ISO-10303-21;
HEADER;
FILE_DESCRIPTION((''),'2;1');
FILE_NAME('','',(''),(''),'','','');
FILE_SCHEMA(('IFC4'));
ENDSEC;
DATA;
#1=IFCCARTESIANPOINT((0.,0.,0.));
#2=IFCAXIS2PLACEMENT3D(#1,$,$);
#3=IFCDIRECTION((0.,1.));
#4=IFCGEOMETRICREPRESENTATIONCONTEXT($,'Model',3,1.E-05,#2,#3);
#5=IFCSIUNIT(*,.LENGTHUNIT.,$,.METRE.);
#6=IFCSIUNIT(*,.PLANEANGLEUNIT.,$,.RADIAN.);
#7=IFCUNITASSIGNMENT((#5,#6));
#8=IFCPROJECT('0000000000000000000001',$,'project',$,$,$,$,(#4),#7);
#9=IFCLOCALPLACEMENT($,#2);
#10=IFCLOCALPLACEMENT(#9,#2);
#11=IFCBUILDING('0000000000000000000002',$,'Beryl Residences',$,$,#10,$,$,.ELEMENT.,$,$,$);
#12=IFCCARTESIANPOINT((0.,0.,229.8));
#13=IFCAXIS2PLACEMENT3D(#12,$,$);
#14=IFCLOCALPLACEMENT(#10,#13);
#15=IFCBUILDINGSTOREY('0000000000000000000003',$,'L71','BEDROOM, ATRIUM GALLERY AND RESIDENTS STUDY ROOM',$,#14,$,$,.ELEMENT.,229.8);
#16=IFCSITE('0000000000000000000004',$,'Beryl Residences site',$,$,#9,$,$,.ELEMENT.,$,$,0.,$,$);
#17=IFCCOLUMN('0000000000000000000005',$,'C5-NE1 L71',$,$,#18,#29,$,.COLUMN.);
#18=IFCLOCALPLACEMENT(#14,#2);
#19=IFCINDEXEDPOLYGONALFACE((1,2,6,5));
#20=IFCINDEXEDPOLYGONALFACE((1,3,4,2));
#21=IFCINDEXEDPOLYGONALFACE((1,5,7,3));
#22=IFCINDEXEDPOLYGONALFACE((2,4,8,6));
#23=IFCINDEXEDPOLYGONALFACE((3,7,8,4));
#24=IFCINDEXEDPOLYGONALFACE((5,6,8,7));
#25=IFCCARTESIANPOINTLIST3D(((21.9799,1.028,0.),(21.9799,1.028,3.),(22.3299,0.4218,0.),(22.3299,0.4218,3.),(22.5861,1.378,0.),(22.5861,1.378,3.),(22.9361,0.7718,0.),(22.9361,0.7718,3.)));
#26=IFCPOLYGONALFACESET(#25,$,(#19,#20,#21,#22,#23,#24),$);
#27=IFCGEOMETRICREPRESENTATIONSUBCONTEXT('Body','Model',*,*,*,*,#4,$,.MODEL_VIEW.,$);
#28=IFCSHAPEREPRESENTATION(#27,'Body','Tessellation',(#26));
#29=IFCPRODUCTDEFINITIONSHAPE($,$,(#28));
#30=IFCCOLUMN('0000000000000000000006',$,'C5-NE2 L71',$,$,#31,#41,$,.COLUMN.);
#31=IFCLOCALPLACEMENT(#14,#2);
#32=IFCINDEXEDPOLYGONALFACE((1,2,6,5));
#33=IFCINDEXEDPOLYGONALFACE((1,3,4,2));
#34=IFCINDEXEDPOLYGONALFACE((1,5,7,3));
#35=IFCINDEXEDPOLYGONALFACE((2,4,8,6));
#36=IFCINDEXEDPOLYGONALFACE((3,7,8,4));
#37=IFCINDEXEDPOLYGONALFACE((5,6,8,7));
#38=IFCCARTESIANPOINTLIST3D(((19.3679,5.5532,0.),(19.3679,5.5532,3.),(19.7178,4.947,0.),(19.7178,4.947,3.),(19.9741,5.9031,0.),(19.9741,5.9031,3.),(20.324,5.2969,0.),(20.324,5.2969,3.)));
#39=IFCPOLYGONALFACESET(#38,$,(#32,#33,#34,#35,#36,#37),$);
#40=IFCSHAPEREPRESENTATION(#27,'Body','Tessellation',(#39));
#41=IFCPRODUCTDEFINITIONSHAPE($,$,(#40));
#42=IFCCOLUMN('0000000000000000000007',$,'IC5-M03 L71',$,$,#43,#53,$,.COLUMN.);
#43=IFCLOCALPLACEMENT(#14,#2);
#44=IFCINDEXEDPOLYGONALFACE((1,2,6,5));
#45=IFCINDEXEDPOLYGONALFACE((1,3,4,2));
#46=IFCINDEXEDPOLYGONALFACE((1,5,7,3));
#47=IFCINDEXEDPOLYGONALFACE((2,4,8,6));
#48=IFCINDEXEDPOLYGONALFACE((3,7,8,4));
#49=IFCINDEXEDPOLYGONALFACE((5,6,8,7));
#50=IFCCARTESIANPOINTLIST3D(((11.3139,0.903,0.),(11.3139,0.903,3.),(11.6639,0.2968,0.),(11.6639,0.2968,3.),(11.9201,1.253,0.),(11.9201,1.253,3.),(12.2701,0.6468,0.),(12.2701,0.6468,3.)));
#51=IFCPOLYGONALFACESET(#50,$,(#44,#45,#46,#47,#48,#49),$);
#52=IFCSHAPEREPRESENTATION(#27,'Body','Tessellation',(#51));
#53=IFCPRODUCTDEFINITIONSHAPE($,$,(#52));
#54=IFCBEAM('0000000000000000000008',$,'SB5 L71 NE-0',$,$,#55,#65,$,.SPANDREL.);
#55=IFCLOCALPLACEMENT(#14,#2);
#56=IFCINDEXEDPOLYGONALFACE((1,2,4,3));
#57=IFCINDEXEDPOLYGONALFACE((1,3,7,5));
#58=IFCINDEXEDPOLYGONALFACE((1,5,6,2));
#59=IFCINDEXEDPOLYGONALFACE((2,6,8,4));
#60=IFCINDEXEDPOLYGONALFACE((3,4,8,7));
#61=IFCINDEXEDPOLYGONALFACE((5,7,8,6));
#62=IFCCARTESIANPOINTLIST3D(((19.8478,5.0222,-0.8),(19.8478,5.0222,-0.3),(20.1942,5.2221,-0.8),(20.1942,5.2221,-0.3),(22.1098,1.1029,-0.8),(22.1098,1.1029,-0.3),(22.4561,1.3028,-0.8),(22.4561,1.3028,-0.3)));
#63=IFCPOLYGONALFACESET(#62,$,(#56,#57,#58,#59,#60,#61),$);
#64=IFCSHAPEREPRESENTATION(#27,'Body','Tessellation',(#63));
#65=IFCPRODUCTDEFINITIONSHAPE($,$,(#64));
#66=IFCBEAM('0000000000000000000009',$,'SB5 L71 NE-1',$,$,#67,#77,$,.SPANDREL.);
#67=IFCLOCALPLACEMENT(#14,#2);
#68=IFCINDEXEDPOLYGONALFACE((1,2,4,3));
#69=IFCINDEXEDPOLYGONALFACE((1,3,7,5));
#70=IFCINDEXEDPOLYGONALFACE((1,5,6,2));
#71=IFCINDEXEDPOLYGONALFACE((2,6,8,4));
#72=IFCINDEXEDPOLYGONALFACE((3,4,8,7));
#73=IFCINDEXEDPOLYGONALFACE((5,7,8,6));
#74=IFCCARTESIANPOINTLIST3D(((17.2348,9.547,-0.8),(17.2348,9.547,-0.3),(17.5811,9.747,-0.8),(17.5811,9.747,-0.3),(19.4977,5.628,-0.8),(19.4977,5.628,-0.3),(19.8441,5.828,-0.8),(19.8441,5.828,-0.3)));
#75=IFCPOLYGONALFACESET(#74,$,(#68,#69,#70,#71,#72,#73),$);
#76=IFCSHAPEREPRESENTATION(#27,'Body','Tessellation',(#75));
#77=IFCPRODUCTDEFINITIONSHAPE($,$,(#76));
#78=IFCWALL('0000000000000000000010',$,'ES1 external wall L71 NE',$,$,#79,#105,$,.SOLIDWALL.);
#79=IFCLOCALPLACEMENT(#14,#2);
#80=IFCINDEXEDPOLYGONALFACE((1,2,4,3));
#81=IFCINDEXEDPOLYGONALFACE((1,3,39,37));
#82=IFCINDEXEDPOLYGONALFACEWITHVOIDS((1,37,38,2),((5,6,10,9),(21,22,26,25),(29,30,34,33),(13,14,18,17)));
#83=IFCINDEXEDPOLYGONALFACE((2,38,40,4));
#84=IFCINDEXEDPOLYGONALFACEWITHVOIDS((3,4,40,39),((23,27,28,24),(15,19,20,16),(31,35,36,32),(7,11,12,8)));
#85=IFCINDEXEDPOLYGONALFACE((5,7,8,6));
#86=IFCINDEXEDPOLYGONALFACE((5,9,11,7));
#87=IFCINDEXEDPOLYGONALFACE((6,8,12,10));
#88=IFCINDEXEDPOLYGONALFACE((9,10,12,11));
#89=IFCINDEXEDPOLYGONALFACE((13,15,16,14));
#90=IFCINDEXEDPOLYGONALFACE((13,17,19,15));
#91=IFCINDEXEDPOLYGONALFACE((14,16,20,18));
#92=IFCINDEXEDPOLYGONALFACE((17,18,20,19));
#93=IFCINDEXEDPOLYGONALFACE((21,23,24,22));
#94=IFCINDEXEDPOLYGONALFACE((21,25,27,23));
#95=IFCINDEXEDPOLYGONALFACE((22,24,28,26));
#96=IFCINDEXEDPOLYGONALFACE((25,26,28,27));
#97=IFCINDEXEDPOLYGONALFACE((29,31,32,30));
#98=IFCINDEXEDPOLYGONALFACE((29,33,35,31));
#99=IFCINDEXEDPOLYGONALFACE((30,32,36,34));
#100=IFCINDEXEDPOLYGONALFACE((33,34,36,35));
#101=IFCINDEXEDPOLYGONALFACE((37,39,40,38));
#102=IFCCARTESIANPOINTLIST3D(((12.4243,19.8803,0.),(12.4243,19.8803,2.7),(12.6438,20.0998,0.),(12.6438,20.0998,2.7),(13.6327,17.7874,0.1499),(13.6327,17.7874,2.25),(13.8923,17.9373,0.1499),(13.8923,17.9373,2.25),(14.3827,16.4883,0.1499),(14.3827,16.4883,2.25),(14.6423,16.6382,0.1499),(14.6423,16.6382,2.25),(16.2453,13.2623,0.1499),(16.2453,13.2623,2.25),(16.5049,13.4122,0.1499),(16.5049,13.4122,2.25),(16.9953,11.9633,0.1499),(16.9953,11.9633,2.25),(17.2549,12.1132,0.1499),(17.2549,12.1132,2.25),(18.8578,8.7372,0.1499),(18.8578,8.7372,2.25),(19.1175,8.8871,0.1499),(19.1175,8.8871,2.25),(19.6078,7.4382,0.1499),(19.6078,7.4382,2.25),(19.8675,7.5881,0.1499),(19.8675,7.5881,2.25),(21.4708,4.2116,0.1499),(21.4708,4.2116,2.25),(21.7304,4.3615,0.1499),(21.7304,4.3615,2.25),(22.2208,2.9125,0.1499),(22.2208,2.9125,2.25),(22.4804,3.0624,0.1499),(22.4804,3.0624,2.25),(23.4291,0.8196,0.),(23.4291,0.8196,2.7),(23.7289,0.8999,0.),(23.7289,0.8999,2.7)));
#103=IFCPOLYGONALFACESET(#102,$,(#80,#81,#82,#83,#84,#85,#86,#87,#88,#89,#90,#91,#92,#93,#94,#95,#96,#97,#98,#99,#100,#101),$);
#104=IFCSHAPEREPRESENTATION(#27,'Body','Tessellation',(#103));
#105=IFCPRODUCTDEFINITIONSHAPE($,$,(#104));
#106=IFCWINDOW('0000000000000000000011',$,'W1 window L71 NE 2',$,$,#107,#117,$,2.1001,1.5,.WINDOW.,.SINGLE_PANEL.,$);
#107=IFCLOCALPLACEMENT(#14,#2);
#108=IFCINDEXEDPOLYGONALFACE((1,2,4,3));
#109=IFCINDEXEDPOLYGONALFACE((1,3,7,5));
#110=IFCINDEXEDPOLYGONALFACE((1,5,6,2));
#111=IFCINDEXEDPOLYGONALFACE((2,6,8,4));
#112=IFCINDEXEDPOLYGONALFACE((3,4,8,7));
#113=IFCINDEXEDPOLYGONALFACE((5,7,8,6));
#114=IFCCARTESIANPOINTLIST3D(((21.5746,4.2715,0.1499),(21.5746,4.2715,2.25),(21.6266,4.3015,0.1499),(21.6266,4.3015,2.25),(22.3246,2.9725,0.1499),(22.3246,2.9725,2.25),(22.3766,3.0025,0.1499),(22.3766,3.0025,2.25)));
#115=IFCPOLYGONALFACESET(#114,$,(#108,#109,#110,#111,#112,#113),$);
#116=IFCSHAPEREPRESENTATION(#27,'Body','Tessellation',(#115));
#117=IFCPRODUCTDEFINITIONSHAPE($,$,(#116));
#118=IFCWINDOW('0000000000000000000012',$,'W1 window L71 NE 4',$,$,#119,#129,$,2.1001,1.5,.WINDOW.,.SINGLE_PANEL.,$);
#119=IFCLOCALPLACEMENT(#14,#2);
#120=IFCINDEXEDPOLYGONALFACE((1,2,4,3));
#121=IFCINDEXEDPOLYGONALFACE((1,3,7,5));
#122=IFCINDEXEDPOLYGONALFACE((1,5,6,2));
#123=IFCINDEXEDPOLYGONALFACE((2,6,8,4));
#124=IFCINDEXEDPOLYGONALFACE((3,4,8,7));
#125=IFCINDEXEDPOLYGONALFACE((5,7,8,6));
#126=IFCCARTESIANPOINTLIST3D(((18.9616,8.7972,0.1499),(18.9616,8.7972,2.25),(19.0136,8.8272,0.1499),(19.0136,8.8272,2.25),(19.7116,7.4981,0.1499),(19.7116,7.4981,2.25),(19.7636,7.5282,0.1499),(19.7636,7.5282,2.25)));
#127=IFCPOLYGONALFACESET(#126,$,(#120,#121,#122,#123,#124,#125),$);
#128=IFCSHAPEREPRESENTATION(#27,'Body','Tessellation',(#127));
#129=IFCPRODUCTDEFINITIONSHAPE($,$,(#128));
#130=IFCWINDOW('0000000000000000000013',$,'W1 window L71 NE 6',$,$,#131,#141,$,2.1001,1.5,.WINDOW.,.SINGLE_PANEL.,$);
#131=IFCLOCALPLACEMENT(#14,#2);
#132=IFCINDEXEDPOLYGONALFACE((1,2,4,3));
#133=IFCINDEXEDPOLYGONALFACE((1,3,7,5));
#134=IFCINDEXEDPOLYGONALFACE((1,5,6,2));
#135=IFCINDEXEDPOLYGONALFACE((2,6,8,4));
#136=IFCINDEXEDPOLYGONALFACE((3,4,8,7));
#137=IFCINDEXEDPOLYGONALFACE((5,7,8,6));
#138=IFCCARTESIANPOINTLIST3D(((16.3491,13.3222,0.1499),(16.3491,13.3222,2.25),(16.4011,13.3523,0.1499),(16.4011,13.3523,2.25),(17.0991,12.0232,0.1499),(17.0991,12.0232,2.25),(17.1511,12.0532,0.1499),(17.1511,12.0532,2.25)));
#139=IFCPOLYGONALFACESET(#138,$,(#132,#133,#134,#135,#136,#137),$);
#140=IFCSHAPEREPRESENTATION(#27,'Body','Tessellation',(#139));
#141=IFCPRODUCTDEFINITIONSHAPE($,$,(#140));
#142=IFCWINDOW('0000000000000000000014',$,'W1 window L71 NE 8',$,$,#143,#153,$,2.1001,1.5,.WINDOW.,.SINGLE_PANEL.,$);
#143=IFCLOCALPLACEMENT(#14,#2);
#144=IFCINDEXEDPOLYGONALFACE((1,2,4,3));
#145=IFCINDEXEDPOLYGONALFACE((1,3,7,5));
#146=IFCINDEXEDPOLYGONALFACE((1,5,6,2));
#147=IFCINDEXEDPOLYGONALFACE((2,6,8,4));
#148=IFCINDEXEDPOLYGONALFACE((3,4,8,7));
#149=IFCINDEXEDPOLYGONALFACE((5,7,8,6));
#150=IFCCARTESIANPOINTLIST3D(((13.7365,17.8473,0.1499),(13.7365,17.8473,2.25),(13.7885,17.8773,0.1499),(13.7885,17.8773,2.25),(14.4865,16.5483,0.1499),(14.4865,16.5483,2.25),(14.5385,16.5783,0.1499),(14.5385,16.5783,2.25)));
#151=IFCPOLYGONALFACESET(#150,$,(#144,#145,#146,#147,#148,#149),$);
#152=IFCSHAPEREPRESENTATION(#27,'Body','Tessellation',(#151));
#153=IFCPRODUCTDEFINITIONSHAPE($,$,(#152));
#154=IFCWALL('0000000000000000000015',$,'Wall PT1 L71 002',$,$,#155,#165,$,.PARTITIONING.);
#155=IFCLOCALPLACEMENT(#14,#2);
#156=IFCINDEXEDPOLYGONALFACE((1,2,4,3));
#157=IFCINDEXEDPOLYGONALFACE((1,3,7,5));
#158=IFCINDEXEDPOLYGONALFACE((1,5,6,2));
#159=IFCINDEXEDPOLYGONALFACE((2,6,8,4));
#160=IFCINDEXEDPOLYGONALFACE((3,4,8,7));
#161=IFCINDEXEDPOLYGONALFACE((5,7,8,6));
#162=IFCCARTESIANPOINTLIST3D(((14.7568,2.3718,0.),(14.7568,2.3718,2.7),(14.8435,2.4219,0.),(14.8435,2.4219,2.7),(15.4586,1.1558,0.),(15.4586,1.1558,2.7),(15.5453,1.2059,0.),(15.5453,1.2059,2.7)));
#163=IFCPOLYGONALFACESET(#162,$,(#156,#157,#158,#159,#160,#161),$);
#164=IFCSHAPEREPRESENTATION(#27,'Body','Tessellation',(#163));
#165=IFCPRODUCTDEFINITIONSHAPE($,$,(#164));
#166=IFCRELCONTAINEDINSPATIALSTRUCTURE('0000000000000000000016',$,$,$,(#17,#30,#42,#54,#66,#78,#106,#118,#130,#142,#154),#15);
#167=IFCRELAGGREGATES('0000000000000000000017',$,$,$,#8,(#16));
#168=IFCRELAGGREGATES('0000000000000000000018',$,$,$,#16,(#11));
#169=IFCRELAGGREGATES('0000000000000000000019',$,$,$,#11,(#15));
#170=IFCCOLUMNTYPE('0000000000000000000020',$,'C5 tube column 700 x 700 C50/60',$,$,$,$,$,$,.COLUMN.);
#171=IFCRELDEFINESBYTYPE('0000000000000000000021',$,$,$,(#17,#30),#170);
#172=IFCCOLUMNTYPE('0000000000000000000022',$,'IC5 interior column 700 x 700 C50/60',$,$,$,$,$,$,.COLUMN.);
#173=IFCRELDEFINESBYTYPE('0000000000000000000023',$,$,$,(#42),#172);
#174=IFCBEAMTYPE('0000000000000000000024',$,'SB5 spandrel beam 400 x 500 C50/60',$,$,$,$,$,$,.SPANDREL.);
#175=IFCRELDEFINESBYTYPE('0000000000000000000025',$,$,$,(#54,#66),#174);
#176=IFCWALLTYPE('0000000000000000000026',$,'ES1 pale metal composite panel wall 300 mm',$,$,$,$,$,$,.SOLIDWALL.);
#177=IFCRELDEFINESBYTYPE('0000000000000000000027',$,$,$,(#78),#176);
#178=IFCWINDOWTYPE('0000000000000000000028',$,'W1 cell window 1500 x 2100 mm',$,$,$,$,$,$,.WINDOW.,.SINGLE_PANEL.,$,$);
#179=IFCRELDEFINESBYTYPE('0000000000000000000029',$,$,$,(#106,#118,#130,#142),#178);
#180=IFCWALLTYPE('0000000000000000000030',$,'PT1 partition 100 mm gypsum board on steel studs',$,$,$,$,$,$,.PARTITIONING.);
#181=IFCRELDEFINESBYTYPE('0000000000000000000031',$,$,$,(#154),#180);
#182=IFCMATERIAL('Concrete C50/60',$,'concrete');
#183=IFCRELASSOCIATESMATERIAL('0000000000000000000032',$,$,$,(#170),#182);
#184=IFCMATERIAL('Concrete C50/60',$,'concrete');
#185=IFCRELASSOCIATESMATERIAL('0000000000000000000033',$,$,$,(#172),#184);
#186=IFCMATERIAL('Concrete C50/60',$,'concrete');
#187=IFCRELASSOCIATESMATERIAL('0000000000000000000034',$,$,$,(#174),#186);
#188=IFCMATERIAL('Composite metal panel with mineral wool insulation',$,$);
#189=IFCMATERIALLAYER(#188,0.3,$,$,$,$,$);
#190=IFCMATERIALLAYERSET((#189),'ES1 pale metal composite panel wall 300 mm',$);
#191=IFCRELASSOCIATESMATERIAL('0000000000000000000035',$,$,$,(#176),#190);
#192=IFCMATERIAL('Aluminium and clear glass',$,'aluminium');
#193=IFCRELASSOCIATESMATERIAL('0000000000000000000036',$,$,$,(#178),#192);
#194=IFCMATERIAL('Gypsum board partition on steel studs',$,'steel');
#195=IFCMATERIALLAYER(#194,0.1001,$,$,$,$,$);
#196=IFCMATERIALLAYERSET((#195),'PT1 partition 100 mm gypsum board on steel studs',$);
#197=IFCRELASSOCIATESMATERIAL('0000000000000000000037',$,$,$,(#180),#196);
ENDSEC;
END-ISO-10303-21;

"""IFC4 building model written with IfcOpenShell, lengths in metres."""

from ifc_helpers import new_model, si_unit, direction, frame, frame_2d, origin, origin_2d, place, context, subcontext, project, spatial, polyline, rectangle, outline, extrude, material, layer, layer_set, material_profile, profile_set, type_object, element, fill, save


model = new_model("IFC4")

# Units and contexts
model_context = context("Model", 3, precision=1e-05, world=origin(), true_north=direction((0.0, 1.0)))
body_context = subcontext(model_context, "Body", "Model", "MODEL_VIEW")
ifc_project = project(units=[si_unit("LENGTHUNIT", "METRE"), si_unit("PLANEANGLEUNIT", "RADIAN")], contexts=[model_context])

# Site, building, storey
site_placement = place(None, origin())
site = spatial("IfcSite", under=ifc_project, at=site_placement, Name="Beryl Residences site", CompositionType="ELEMENT", RefElevation=0.0)
building_placement = place(site_placement, origin())
building = spatial("IfcBuilding", under=site, at=building_placement, Name="Beryl Residences", CompositionType="ELEMENT")
storey_placement = place(building_placement, frame((0.0, 0.0, 229.8)))
storey = spatial("IfcBuildingStorey", under=building, at=storey_placement, Name="L71", Description="BEDROOM, ATRIUM GALLERY AND RESIDENTS STUDY ROOM", CompositionType="ELEMENT", Elevation=229.8)

# Columns
ifc_material_1 = material(Name="Concrete C50/60", Category="concrete")
ifc_material_profile_1 = material_profile(ifc_material_1, rectangle(XDim=0.7, YDim=0.7, at=origin_2d()))
ifc_profile_set_1 = profile_set([ifc_material_profile_1], Name="Concrete C50/60")
column_type_1 = type_object("IfcColumnType", Name="C5 tube column 700 x 700 C50/60", PredefinedType="COLUMN", material=ifc_profile_set_1)
for number, where, z_axis, x_axis, name in (
    (1, (22.458, 0.8999, 0.0), (0.0, 0.0, 1.0), (-0.49997, 0.866043, 0.0), "C5-NE1 L71"),
    (2, (19.8459, 5.425, 0.0), (0.0, 0.0, 1.0), (-0.49997, 0.866043, 0.0), "C5-NE2 L71"),
):
    element("IfcColumn", number, at=place(storey_placement, frame(where, z_axis=z_axis, x_axis=x_axis)), inside=storey, type_object=column_type_1, Name=name, PredefinedType="COLUMN", context=body_context, shape_type="SweptSolid", body=[
        extrude(rectangle(XDim=0.7, YDim=0.7, at=origin_2d()), origin(), (0.0, 0.0, 1.0), 3.0),
    ])
ifc_material_2 = material(Name="Concrete C50/60", Category="concrete")
ifc_material_profile_2 = material_profile(ifc_material_2, rectangle(XDim=0.7, YDim=0.7, at=origin_2d()))
ifc_profile_set_2 = profile_set([ifc_material_profile_2], Name="Concrete C50/60")
column_type_2 = type_object("IfcColumnType", Name="IC5 interior column 700 x 700 C50/60", PredefinedType="COLUMN", material=ifc_profile_set_2)
column_placement = place(storey_placement, frame((11.792, 0.7749, 0.0), z_axis=(0.0, 0.0, 1.0), x_axis=(-0.49997, 0.866043, 0.0)))
element("IfcColumn", 3, at=column_placement, inside=storey, type_object=column_type_2, Name="IC5-M03 L71", PredefinedType="COLUMN", context=body_context, shape_type="SweptSolid", body=[
    extrude(rectangle(XDim=0.7, YDim=0.7, at=origin_2d()), origin(), (0.0, 0.0, 1.0), 3.0),
])

# Beams
ifc_material_3 = material(Name="Concrete C50/60", Category="concrete")
ifc_material_profile_3 = material_profile(ifc_material_3, rectangle(XDim=0.3999, YDim=0.5, at=origin_2d()))
ifc_profile_set_3 = profile_set([ifc_material_profile_3], Name="Concrete C50/60")
beam_type = type_object("IfcBeamType", Name="SB5 spandrel beam 400 x 500 C50/60", PredefinedType="SPANDREL", material=ifc_profile_set_3)
beam_1_placement = place(storey_placement, frame((22.283, 1.2029, -0.55), z_axis=(-0.49987, 0.8661, 0.0), x_axis=(-0.8661, -0.49987, 0.0)))
element("IfcBeam", 4, at=beam_1_placement, inside=storey, type_object=beam_type, Name="SB5 L71 NE-0", PredefinedType="SPANDREL", context=body_context, shape_type="SweptSolid", body=[
    extrude(rectangle(XDim=0.3999, YDim=0.5, at=origin_2d()), origin(), (0.0, 0.0, 1.0), 4.5251),
])
beam_2_placement = place(storey_placement, frame((19.6709, 5.728, -0.55), z_axis=(-0.500056, 0.865993, 0.0), x_axis=(-0.865993, -0.500056, 0.0)))
element("IfcBeam", 5, at=beam_2_placement, inside=storey, type_object=beam_type, Name="SB5 L71 NE-1", PredefinedType="SPANDREL", context=body_context, shape_type="SweptSolid", body=[
    extrude(rectangle(XDim=0.3999, YDim=0.5, at=origin_2d()), origin(), (0.0, 0.0, 1.0), 4.5254),
])

# Wall, openings, windows
ifc_material_4 = material(Name="Composite metal panel with mineral wool insulation")
ifc_layer_1 = layer(ifc_material_4, 0.3)
ifc_layer_set_1 = layer_set([ifc_layer_1], Name="ES1 pale metal composite panel wall 300 mm")
wall_type_1 = type_object("IfcWallType", Name="ES1 pale metal composite panel wall 300 mm", PredefinedType="SOLIDWALL", material=ifc_layer_set_1)
wall_1_placement = place(storey_placement, frame((23.5991, 0.825, 0.0), z_axis=(0.0, 0.0, 1.0), x_axis=(-0.500004, 0.866023, 0.0)))
wall_1 = element("IfcWall", 6, at=wall_1_placement, inside=storey, type_object=wall_type_1, Name="ES1 external wall L71 NE", PredefinedType="SOLIDWALL", context=body_context, shape_type="SweptSolid", body=[
    extrude(outline(polyline([(0.0, -0.1499), (22.1702, -0.1499), (22.0898, 0.1499), (0.0803, 0.1499), (0.0, -0.1499)])), origin(), (0.0, 0.0, 1.0), 2.7),
])
opening_1_placement = place(wall_1_placement, frame((2.4971, 0.0, 0.1499)))
opening_1 = element("IfcOpeningElement", 7, at=opening_1_placement, cuts=wall_1, PredefinedType="OPENING", context=body_context, shape_type="SweptSolid", body=[
    extrude(rectangle(XDim=1.5, YDim=2.1001, at=frame_2d((0.75, 1.05))), frame((0.0, 0.1599, 0.0), z_axis=(0.0, -1.0, 0.0), x_axis=(1.0, 0.0, 0.0)), (0.0, 0.0, 1.0), 0.3201),
])
opening_2_placement = place(wall_1_placement, frame((7.7229, 0.0, 0.1499)))
opening_2 = element("IfcOpeningElement", 8, at=opening_2_placement, cuts=wall_1, PredefinedType="OPENING", context=body_context, shape_type="SweptSolid", body=[
    extrude(rectangle(XDim=1.5, YDim=2.1001, at=frame_2d((0.75, 1.05))), frame((0.0, 0.1599, 0.0), z_axis=(0.0, -1.0, 0.0), x_axis=(1.0, 0.0, 0.0)), (0.0, 0.0, 1.0), 0.3201),
])
opening_3_placement = place(wall_1_placement, frame((12.948, 0.0, 0.1499)))
opening_3 = element("IfcOpeningElement", 9, at=opening_3_placement, cuts=wall_1, PredefinedType="OPENING", context=body_context, shape_type="SweptSolid", body=[
    extrude(rectangle(XDim=1.5, YDim=2.1001, at=frame_2d((0.75, 1.05))), frame((0.0, 0.1599, 0.0), z_axis=(0.0, -1.0, 0.0), x_axis=(1.0, 0.0, 0.0)), (0.0, 0.0, 1.0), 0.3201),
])
opening_4_placement = place(wall_1_placement, frame((18.1731, 0.0, 0.1499)))
opening_4 = element("IfcOpeningElement", 10, at=opening_4_placement, cuts=wall_1, PredefinedType="OPENING", context=body_context, shape_type="SweptSolid", body=[
    extrude(rectangle(XDim=1.5, YDim=2.1001, at=frame_2d((0.75, 1.05))), frame((0.0, 0.1599, 0.0), z_axis=(0.0, -1.0, 0.0), x_axis=(1.0, 0.0, 0.0)), (0.0, 0.0, 1.0), 0.3201),
])
ifc_material_5 = material(Name="Aluminium and clear glass", Category="aluminium")
window_type = type_object("IfcWindowType", Name="W1 cell window 1500 x 2100 mm", PartitioningType="SINGLE_PANEL", PredefinedType="WINDOW", material=ifc_material_5)
window_1_placement = place(opening_1_placement, origin())
window_1 = element("IfcWindow", 11, at=window_1_placement, inside=storey, type_object=window_type, Name="W1 window L71 NE 2", OverallHeight=2.1001, OverallWidth=1.5, PartitioningType="SINGLE_PANEL", PredefinedType="WINDOW", context=body_context, shape_type="SweptSolid", body=[
    extrude(rectangle(XDim=1.5, YDim=2.1001, at=frame_2d((0.75, 1.05))), frame((0.0, 0.03, 0.0), z_axis=(0.0, -1.0, 0.0), x_axis=(1.0, 0.0, 0.0)), (0.0, 0.0, 1.0), 0.0601),
])
fill(opening_1, window_1)
window_2_placement = place(opening_2_placement, origin())
window_2 = element("IfcWindow", 12, at=window_2_placement, inside=storey, type_object=window_type, Name="W1 window L71 NE 4", OverallHeight=2.1001, OverallWidth=1.5, PartitioningType="SINGLE_PANEL", PredefinedType="WINDOW", context=body_context, shape_type="SweptSolid", body=[
    extrude(rectangle(XDim=1.5, YDim=2.1001, at=frame_2d((0.75, 1.05))), frame((0.0, 0.03, 0.0), z_axis=(0.0, -1.0, 0.0), x_axis=(1.0, 0.0, 0.0)), (0.0, 0.0, 1.0), 0.0601),
])
fill(opening_2, window_2)
window_3_placement = place(opening_3_placement, origin())
window_3 = element("IfcWindow", 13, at=window_3_placement, inside=storey, type_object=window_type, Name="W1 window L71 NE 6", OverallHeight=2.1001, OverallWidth=1.5, PartitioningType="SINGLE_PANEL", PredefinedType="WINDOW", context=body_context, shape_type="SweptSolid", body=[
    extrude(rectangle(XDim=1.5, YDim=2.1001, at=frame_2d((0.75, 1.05))), frame((0.0, 0.03, 0.0), z_axis=(0.0, -1.0, 0.0), x_axis=(1.0, 0.0, 0.0)), (0.0, 0.0, 1.0), 0.0601),
])
fill(opening_3, window_3)
window_4_placement = place(opening_4_placement, origin())
window_4 = element("IfcWindow", 14, at=window_4_placement, inside=storey, type_object=window_type, Name="W1 window L71 NE 8", OverallHeight=2.1001, OverallWidth=1.5, PartitioningType="SINGLE_PANEL", PredefinedType="WINDOW", context=body_context, shape_type="SweptSolid", body=[
    extrude(rectangle(XDim=1.5, YDim=2.1001, at=frame_2d((0.75, 1.05))), frame((0.0, 0.03, 0.0), z_axis=(0.0, -1.0, 0.0), x_axis=(1.0, 0.0, 0.0)), (0.0, 0.0, 1.0), 0.0601),
])
fill(opening_4, window_4)

# Wall
ifc_material_6 = material(Name="Gypsum board partition on steel studs", Category="steel")
ifc_layer_2 = layer(ifc_material_6, 0.1001)
ifc_layer_set_2 = layer_set([ifc_layer_2], Name="PT1 partition 100 mm gypsum board on steel studs")
wall_type_2 = type_object("IfcWallType", Name="PT1 partition 100 mm gypsum board on steel studs", PredefinedType="PARTITIONING", material=ifc_layer_set_2)
wall_2_placement = place(storey_placement, frame((14.8, 2.397, 0.0), z_axis=(0.0, 0.0, 1.0), x_axis=(0.499898, -0.866084, 0.0)))
element("IfcWall", 15, at=wall_2_placement, inside=storey, type_object=wall_type_2, Name="Wall PT1 L71 002", PredefinedType="PARTITIONING", context=body_context, shape_type="SweptSolid", body=[
    extrude(rectangle(XDim=1.4041, YDim=0.1001, at=frame_2d((0.7021, 0.0))), origin(), (0.0, 0.0, 1.0), 2.7),
])

save(model, "model.ifc")
